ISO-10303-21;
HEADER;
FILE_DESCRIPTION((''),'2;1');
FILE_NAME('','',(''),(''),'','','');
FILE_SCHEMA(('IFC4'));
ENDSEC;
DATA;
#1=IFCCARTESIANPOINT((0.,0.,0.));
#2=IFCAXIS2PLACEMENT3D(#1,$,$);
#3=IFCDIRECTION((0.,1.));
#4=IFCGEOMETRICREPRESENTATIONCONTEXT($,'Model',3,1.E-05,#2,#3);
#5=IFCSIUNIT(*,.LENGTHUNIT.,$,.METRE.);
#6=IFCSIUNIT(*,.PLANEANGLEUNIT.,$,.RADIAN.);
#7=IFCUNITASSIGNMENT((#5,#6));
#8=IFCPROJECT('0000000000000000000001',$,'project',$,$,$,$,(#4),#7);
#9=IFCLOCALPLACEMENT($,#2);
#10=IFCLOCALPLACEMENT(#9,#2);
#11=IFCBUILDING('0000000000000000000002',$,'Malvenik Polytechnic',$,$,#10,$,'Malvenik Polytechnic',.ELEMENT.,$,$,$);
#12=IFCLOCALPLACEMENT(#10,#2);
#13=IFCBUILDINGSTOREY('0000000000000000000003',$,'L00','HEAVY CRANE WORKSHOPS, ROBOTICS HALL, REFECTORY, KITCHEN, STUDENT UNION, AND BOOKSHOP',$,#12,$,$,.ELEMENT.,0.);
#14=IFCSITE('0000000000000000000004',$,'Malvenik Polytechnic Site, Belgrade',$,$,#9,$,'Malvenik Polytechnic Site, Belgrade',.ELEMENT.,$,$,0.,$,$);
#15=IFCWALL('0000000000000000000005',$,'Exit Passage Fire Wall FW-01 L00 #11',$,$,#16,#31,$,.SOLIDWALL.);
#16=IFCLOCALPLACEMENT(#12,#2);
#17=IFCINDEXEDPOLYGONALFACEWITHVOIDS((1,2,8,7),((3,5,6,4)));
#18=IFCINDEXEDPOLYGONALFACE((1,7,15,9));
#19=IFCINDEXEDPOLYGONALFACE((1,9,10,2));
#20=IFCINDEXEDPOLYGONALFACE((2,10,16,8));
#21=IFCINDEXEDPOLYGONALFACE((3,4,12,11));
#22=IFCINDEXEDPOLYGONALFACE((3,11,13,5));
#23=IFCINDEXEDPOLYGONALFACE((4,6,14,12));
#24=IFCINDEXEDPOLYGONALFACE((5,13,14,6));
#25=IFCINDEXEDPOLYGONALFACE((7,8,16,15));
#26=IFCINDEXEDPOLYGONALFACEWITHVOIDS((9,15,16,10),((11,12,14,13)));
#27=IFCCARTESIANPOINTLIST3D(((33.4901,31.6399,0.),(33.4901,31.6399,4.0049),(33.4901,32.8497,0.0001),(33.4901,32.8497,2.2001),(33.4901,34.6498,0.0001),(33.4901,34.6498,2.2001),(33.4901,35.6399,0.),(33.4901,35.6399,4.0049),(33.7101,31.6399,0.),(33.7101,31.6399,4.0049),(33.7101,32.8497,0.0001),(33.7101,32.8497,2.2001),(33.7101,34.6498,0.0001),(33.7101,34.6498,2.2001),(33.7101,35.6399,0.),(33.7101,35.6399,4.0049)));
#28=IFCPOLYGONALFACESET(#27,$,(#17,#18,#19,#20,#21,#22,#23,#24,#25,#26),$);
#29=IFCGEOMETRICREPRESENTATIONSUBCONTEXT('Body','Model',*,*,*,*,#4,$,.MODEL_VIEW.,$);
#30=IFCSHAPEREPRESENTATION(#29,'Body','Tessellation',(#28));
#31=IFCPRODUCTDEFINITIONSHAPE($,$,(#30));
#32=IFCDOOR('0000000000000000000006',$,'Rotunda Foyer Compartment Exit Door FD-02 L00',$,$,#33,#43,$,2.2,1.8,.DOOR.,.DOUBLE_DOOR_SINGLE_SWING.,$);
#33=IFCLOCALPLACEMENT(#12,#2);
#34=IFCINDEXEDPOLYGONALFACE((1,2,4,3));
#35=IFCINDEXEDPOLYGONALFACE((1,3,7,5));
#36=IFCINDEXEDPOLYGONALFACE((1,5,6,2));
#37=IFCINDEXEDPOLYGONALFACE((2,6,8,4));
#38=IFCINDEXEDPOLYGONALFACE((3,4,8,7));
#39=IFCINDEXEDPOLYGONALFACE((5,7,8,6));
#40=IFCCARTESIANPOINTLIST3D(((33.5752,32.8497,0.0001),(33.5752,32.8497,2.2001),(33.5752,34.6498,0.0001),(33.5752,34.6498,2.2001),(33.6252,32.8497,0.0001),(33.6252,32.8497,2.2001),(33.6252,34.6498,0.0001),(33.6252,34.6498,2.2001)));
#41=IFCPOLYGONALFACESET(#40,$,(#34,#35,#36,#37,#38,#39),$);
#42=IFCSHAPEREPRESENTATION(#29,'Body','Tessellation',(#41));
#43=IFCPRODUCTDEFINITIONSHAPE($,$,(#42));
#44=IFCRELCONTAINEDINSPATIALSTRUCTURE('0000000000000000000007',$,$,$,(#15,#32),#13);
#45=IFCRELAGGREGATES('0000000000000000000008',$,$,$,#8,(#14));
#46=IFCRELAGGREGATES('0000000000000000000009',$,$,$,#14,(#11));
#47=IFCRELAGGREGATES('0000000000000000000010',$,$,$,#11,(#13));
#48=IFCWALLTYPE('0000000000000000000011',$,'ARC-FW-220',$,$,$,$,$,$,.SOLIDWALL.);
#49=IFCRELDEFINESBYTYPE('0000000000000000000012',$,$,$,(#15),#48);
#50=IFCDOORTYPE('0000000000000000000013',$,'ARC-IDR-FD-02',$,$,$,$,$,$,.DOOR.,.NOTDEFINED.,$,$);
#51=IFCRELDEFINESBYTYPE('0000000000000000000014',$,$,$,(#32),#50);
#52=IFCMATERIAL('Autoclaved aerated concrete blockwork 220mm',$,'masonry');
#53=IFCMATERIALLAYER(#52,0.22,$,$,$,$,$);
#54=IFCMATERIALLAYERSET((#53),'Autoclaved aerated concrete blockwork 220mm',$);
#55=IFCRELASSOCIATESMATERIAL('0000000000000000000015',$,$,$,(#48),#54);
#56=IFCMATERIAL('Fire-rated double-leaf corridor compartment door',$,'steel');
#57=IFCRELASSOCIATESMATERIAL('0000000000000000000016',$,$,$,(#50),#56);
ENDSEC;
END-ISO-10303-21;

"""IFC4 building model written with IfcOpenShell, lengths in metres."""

from ifc_helpers import new_model, si_unit, direction, frame, frame_2d, origin, place, context, subcontext, project, spatial, rectangle, extrude, material, layer, layer_set, type_object, element, fill, save


model = new_model("IFC4")

# Units and contexts
model_context = context("Model", 3, precision=1e-05, world=origin(), true_north=direction((0.0, 1.0)))
body_context = subcontext(model_context, "Body", "Model", "MODEL_VIEW")
ifc_project = project(units=[si_unit("LENGTHUNIT", "METRE"), si_unit("PLANEANGLEUNIT", "RADIAN")], contexts=[model_context])

# Site, building, storey
site_placement = place(None, origin())
site = spatial("IfcSite", under=ifc_project, at=site_placement, Name="Malvenik Polytechnic Site, Belgrade", LongName="Malvenik Polytechnic Site, Belgrade", CompositionType="ELEMENT", RefElevation=0.0)
building_placement = place(site_placement, origin())
building = spatial("IfcBuilding", under=site, at=building_placement, Name="Malvenik Polytechnic", LongName="Malvenik Polytechnic", CompositionType="ELEMENT")
storey_placement = place(building_placement, origin())
storey = spatial("IfcBuildingStorey", under=building, at=storey_placement, Name="L00", Description="HEAVY CRANE WORKSHOPS, ROBOTICS HALL, REFECTORY, KITCHEN, STUDENT UNION, AND BOOKSHOP", CompositionType="ELEMENT", Elevation=0.0)

# Wall, opening, door
ifc_material_1 = material(Name="Autoclaved aerated concrete blockwork 220mm", Category="masonry")
ifc_layer_1 = layer(ifc_material_1, 0.22)
ifc_layer_set_1 = layer_set([ifc_layer_1], Name="Autoclaved aerated concrete blockwork 220mm")
wall_type_1 = type_object("IfcWallType", Name="ARC-FW-220", PredefinedType="SOLIDWALL", material=ifc_layer_set_1)
wall_1_placement = place(storey_placement, frame((33.6001, 31.6399, 0.0), z_axis=(0.0, 0.0, 1.0), x_axis=(0.0, 1.0, 0.0)))
wall_1 = element("IfcWall", 1, at=wall_1_placement, inside=storey, type_object=wall_type_1, Name="Exit Passage Fire Wall FW-01 L00 #11", PredefinedType="SOLIDWALL", context=body_context, shape_type="SweptSolid", body=[
    extrude(rectangle(XDim=4.0, YDim=0.22, at=frame_2d((2.0, 0.0))), origin(), (0.0, 0.0, 1.0), 4.0049),
])
opening_1_placement = place(wall_1_placement, frame((1.21, 0.0, 0.0)))
opening_1 = element("IfcOpeningElement", 2, at=opening_1_placement, cuts=wall_1, PredefinedType="OPENING", context=body_context, shape_type="SweptSolid", body=[
    extrude(rectangle(XDim=1.8, YDim=2.2, at=frame_2d((0.8999, 1.1001))), frame((0.0, 0.1201, 0.0), z_axis=(0.0, -1.0, 0.0), x_axis=(1.0, 0.0, 0.0)), (0.0, 0.0, 1.0), 0.24),
])
ifc_material_2 = material(Name="Fire-rated double-leaf corridor compartment door", Category="steel")
door_type = type_object("IfcDoorType", Name="ARC-IDR-FD-02", OperationType="NOTDEFINED", PredefinedType="DOOR", material=ifc_material_2)
door_placement = place(opening_1_placement, origin())
door = element("IfcDoor", 3, at=door_placement, inside=storey, type_object=door_type, Name="Rotunda Foyer Compartment Exit Door FD-02 L00", OperationType="DOUBLE_DOOR_SINGLE_SWING", OverallHeight=2.2, OverallWidth=1.8, PredefinedType="DOOR", context=body_context, shape_type="SweptSolid", body=[
    extrude(rectangle(XDim=1.8, YDim=2.2, at=frame_2d((0.8999, 1.1001))), frame((0.0, 0.0249, 0.0), z_axis=(0.0, -1.0, 0.0), x_axis=(1.0, 0.0, 0.0)), (0.0, 0.0, 1.0), 0.05),
])
fill(opening_1, door)

save(model, "model.ifc")
